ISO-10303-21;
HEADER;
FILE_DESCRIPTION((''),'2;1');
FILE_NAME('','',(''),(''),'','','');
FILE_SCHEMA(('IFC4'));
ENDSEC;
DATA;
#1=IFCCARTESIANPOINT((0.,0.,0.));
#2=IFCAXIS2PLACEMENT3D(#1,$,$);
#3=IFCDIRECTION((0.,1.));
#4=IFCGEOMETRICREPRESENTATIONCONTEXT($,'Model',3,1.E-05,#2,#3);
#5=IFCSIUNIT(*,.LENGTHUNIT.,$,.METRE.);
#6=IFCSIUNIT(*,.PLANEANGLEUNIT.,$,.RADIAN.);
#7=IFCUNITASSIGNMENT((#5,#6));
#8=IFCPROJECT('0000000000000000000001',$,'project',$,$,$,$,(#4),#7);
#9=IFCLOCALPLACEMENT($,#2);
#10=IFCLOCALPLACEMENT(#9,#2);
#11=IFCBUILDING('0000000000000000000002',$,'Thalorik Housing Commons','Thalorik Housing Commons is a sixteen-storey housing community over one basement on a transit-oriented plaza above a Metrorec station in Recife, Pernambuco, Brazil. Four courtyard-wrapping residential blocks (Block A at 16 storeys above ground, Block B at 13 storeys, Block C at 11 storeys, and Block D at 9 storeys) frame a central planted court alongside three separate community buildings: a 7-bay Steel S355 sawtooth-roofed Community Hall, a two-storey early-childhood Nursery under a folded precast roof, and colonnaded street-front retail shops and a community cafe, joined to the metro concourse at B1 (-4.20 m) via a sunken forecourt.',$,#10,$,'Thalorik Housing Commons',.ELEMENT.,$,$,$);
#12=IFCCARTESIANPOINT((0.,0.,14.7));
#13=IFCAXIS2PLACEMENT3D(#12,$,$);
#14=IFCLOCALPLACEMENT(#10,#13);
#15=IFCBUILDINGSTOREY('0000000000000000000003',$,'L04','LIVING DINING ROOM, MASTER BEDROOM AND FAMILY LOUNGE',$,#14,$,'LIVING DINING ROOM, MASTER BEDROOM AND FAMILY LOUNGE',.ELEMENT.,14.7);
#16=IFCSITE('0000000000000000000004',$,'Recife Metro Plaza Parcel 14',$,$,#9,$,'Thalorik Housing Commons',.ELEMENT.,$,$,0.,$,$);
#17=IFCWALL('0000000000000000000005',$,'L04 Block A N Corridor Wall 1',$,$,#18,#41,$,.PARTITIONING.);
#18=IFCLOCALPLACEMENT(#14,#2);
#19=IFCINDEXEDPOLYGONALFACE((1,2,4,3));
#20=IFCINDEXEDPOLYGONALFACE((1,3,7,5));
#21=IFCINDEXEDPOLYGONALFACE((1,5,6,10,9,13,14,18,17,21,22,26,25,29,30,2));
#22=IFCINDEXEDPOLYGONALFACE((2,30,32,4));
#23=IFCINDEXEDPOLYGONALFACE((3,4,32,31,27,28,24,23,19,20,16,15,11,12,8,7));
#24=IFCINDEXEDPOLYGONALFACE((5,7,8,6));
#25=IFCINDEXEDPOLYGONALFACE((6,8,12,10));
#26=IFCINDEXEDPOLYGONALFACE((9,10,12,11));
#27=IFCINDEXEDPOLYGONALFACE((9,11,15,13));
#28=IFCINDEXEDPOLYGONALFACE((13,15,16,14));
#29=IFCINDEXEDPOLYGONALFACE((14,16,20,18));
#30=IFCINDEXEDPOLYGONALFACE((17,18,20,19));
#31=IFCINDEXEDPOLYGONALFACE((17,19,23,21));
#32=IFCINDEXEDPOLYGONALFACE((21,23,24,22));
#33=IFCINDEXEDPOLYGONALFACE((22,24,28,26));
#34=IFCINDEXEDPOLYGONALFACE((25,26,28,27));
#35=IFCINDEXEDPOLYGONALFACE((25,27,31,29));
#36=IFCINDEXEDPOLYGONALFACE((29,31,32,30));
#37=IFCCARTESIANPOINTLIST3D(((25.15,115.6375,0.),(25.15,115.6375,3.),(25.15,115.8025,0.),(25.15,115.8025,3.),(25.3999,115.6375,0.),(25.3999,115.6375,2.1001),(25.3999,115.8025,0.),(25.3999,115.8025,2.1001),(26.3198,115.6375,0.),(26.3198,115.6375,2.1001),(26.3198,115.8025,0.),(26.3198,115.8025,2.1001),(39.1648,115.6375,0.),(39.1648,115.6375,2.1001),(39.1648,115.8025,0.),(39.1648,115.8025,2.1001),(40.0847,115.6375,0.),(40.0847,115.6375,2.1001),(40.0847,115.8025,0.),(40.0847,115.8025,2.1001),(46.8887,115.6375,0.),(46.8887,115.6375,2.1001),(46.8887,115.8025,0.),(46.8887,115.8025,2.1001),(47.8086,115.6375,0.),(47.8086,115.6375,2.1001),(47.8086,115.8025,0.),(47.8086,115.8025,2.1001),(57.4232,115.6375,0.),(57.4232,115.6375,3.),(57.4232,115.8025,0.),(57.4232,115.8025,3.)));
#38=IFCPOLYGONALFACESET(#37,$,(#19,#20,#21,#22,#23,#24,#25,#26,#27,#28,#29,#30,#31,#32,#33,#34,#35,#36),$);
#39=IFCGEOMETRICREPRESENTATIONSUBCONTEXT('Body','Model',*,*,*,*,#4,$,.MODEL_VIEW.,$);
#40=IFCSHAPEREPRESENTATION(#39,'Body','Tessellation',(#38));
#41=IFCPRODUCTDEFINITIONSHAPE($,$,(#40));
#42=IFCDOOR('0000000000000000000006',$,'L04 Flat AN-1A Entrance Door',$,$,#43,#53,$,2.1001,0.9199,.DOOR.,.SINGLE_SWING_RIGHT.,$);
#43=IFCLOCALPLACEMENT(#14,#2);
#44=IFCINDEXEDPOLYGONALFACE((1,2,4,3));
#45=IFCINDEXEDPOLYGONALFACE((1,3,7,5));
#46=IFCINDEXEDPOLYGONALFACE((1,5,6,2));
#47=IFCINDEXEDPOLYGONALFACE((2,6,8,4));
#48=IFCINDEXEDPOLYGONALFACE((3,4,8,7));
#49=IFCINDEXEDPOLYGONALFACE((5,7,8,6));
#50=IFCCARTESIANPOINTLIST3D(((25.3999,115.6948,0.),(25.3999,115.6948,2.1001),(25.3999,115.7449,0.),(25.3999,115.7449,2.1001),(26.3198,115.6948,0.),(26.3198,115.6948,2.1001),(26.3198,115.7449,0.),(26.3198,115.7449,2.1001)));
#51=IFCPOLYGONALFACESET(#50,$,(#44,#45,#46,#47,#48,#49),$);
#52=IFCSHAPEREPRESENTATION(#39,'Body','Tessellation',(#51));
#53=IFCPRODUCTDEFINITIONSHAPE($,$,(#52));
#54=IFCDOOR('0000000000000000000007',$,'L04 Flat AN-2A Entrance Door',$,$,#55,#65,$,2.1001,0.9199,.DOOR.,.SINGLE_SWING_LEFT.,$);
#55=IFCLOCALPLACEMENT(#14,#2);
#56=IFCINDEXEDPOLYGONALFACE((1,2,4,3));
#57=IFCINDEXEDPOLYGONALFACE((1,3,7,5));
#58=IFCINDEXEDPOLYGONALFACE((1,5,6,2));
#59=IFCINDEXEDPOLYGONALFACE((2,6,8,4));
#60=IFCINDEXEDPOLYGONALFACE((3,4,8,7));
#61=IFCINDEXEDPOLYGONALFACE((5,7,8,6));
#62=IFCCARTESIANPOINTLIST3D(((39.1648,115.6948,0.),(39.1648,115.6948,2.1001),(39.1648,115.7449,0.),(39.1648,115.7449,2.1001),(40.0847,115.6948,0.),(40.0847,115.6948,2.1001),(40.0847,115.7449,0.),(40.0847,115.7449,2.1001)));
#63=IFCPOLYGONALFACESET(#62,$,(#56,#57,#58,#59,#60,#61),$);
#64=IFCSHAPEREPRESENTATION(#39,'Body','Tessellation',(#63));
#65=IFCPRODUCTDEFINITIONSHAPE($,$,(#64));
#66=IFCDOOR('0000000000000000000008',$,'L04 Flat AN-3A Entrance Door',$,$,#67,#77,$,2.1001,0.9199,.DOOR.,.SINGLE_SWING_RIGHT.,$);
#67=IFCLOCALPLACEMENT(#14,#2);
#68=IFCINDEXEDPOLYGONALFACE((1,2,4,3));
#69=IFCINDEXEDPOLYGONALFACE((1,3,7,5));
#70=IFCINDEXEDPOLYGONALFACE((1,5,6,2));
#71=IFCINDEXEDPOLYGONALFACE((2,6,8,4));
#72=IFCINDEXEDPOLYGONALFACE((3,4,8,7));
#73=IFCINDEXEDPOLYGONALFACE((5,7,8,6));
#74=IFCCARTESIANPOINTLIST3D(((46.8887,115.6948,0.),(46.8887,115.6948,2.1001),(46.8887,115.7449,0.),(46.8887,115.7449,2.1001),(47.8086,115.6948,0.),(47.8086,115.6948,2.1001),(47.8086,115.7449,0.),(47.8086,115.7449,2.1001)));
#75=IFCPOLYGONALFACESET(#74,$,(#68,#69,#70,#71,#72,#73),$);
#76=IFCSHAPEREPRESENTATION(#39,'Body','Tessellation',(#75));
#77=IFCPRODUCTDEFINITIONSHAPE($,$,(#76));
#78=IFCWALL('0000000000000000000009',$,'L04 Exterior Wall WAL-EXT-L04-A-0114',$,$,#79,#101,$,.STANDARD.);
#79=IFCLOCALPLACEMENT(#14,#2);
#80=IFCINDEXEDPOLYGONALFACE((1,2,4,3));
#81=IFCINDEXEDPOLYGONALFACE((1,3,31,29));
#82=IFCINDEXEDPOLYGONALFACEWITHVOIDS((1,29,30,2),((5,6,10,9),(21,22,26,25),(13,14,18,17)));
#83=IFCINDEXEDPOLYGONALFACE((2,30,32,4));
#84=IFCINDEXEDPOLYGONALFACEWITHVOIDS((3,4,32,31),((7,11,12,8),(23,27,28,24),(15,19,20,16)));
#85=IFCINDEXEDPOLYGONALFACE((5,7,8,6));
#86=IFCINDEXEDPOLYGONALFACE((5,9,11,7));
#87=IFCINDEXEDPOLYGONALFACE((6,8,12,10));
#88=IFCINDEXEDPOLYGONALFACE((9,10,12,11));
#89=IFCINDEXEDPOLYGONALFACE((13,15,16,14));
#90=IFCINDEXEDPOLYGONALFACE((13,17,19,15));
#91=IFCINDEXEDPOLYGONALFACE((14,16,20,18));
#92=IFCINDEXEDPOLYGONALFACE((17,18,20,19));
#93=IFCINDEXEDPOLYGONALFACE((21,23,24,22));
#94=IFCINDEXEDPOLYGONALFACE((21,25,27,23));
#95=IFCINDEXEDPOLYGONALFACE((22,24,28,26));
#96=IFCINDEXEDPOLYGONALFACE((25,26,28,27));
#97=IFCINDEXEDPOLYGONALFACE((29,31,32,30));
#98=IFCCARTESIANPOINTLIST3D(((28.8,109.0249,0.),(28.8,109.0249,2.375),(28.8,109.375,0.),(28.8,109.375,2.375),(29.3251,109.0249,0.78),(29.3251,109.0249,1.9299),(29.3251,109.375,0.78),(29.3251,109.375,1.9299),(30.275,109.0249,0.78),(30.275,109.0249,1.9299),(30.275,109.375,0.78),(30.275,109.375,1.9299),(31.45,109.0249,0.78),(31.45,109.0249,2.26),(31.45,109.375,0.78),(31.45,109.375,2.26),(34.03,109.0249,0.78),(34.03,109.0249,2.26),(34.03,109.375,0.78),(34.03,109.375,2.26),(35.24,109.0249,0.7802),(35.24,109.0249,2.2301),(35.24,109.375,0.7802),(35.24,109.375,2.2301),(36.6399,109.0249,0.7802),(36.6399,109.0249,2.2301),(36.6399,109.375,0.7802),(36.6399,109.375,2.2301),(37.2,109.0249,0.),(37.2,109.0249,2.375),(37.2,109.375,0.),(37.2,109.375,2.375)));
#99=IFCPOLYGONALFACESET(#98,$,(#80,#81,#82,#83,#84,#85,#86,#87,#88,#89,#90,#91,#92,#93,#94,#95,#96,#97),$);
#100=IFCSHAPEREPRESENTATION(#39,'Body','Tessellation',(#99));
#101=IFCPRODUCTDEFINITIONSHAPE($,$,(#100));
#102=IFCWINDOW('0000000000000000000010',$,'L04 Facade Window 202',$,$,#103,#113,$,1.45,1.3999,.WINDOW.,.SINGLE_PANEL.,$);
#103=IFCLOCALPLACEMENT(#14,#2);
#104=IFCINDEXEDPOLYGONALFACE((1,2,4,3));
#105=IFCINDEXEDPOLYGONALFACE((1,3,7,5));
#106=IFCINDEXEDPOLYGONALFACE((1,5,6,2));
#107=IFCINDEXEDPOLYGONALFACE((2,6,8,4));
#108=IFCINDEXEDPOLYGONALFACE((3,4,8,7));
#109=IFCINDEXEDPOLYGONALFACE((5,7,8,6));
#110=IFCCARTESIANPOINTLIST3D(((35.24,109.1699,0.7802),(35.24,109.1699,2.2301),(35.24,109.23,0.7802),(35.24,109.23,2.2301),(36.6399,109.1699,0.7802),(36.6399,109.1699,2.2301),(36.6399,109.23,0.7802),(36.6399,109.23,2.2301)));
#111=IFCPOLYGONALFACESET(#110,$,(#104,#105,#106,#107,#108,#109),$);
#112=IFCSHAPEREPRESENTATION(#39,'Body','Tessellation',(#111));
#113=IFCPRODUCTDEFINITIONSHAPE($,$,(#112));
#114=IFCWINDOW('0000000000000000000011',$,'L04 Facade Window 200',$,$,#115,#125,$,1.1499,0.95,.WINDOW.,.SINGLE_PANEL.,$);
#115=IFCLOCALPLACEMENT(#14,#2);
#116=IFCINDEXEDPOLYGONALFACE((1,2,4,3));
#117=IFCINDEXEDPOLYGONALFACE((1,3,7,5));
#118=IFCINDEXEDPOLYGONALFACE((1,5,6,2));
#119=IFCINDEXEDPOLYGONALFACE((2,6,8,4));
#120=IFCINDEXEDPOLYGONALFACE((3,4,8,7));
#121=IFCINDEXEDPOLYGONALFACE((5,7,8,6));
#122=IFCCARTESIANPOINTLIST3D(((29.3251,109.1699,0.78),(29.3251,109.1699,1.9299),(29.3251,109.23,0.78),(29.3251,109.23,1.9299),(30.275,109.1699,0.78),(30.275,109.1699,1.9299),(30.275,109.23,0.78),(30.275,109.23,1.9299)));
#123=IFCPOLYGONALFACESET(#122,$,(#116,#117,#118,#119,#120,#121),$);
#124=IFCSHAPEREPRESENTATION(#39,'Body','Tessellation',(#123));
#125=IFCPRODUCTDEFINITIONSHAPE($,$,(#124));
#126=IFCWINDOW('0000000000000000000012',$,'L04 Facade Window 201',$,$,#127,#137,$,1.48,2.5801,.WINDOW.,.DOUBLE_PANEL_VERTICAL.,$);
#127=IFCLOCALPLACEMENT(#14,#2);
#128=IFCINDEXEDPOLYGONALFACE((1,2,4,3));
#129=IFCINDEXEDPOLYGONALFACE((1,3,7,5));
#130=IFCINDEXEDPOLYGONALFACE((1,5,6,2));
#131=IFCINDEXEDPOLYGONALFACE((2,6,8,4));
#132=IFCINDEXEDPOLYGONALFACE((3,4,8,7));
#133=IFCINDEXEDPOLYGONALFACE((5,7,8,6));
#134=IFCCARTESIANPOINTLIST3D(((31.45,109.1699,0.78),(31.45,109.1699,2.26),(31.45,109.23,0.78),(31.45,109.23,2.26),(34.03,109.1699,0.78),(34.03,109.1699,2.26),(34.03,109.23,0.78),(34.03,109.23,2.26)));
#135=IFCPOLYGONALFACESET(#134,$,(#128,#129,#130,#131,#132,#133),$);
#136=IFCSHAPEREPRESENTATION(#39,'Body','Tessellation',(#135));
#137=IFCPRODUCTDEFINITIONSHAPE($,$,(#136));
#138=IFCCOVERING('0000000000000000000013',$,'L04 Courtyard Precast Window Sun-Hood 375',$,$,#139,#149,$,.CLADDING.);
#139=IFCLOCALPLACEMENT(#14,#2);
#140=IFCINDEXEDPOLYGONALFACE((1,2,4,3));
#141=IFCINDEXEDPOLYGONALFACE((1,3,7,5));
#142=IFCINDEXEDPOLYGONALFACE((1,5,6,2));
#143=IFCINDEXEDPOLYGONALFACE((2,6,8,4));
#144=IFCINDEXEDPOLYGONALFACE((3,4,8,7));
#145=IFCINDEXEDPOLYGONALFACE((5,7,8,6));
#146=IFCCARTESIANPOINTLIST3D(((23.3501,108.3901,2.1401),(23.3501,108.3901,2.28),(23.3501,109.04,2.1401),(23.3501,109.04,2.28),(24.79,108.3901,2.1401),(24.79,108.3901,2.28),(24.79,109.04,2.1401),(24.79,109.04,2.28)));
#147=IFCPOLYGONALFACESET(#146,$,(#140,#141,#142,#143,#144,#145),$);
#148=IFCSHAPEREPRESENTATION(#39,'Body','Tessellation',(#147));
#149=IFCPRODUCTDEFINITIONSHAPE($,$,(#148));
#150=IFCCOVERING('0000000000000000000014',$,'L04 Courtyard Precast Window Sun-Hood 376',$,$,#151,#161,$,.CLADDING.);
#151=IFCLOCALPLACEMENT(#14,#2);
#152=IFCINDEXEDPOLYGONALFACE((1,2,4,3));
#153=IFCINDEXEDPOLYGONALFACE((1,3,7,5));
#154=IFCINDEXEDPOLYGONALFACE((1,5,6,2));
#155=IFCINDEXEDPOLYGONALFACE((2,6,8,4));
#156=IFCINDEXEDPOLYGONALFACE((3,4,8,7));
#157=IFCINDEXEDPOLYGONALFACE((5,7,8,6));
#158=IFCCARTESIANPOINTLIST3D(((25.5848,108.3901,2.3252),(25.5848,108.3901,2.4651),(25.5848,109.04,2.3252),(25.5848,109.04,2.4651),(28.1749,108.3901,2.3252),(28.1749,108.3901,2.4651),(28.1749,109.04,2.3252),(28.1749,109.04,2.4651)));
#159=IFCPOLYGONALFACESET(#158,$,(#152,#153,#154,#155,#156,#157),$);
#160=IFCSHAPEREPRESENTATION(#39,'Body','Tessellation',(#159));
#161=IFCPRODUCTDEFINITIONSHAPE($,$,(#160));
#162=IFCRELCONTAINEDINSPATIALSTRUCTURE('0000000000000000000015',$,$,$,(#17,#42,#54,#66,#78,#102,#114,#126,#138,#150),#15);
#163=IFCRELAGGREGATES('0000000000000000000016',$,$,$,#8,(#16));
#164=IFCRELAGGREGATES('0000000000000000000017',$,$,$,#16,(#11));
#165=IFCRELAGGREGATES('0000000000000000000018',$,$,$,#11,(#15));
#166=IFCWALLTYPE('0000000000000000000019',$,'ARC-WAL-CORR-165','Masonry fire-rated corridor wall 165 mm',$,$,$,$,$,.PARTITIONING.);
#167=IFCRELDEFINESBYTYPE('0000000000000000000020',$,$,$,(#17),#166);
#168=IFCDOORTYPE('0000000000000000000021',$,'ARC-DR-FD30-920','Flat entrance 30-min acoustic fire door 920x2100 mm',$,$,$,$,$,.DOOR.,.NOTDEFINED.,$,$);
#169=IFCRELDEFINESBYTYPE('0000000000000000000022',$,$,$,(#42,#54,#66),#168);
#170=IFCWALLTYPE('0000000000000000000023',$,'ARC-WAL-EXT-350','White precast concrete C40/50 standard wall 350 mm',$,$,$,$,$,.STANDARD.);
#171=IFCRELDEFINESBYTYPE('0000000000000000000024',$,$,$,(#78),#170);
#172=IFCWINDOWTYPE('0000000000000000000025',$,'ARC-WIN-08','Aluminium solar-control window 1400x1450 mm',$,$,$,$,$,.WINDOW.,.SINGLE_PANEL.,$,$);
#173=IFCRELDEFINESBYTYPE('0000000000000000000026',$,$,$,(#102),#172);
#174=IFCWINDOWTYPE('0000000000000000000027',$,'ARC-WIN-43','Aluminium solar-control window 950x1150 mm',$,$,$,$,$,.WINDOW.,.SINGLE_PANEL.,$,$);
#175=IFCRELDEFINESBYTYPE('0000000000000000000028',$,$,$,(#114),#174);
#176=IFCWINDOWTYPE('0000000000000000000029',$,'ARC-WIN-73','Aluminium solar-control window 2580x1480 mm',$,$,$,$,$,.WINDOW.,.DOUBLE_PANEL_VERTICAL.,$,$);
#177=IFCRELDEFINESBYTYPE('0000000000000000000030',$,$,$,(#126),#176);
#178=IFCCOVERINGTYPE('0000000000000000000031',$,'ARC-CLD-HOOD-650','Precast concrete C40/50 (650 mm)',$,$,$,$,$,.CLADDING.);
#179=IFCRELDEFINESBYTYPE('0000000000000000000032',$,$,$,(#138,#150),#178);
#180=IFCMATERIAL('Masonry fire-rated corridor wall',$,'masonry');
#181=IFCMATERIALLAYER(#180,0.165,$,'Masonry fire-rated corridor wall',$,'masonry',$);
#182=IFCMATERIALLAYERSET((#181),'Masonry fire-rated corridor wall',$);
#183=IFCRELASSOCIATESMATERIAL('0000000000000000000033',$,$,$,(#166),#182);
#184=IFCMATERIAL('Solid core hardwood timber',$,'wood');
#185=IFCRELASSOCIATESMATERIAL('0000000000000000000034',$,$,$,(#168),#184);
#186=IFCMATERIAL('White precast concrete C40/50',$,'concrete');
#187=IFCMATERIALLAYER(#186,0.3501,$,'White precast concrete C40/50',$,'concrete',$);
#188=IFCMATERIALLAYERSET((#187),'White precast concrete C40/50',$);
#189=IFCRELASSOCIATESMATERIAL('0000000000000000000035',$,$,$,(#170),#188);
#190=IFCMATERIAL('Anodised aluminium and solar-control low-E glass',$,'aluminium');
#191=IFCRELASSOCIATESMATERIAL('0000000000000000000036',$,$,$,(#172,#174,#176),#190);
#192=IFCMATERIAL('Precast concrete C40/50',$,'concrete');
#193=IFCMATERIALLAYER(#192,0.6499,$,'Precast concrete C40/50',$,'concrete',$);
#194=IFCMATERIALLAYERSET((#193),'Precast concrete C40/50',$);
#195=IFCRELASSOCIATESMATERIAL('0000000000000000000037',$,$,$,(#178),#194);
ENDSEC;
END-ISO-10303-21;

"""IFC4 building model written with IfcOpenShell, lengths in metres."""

from ifc_helpers import new_model, si_unit, direction, frame, frame_2d, origin, origin_2d, place, context, subcontext, project, spatial, rectangle, extrude, material, layer, layer_set, type_object, element, fill, save


model = new_model("IFC4")

# Units and contexts
model_context = context("Model", 3, precision=1e-05, world=origin(), true_north=direction((0.0, 1.0)))
body_context = subcontext(model_context, "Body", "Model", "MODEL_VIEW")
ifc_project = project(units=[si_unit("LENGTHUNIT", "METRE"), si_unit("PLANEANGLEUNIT", "RADIAN")], contexts=[model_context])

# Site, building, storey
site_placement = place(None, origin())
site = spatial("IfcSite", under=ifc_project, at=site_placement, Name="Recife Metro Plaza Parcel 14", LongName="Thalorik Housing Commons", CompositionType="ELEMENT", RefElevation=0.0)
building_placement = place(site_placement, origin())
building = spatial("IfcBuilding", under=site, at=building_placement, Name="Thalorik Housing Commons", Description="Thalorik Housing Commons is a sixteen-storey housing community over one basement on a transit-oriented plaza above a Metrorec station in Recife, Pernambuco, Brazil. Four courtyard-wrapping residential blocks (Block A at 16 storeys above ground, Block B at 13 storeys, Block C at 11 storeys, and Block D at 9 storeys) frame a central planted court alongside three separate community buildings: a 7-bay Steel S355 sawtooth-roofed Community Hall, a two-storey early-childhood Nursery under a folded precast roof, and colonnaded street-front retail shops and a community cafe, joined to the metro concourse at B1 (-4.20 m) via a sunken forecourt.", LongName="Thalorik Housing Commons", CompositionType="ELEMENT")
storey_placement = place(building_placement, frame((0.0, 0.0, 14.7)))
storey = spatial("IfcBuildingStorey", under=building, at=storey_placement, Name="L04", Description="LIVING DINING ROOM, MASTER BEDROOM AND FAMILY LOUNGE", LongName="LIVING DINING ROOM, MASTER BEDROOM AND FAMILY LOUNGE", CompositionType="ELEMENT", Elevation=14.7)

# Shared definitions
ifc_material_1 = material(Name="Precast concrete C40/50", Category="concrete")

# Shared definitions
ifc_material_2 = material(Name="Masonry fire-rated corridor wall", Category="masonry")
ifc_layer_1 = layer(ifc_material_2, 0.165, Name="Masonry fire-rated corridor wall", Category="masonry")
ifc_layer_set_1 = layer_set([ifc_layer_1], Name="Masonry fire-rated corridor wall")
wall_type_1 = type_object("IfcWallType", Name="ARC-WAL-CORR-165", Description="Masonry fire-rated corridor wall 165 mm", PredefinedType="PARTITIONING", material=ifc_layer_set_1)

# Wall, openings, doors
wall_1_placement = place(storey_placement, frame((25.1499, 115.72, 0.0), z_axis=(0.0, 0.0, 1.0), x_axis=(1.0, 0.0, 0.0)))
wall_1 = element("IfcWall", 1, at=wall_1_placement, inside=storey, type_object=wall_type_1, Name="L04 Block A N Corridor Wall 1", PredefinedType="PARTITIONING", context=body_context, shape_type="SweptSolid", body=[
    extrude(rectangle(XDim=32.2732, YDim=0.165, at=frame_2d((16.1367, 0.0))), origin(), (0.0, 0.0, 1.0), 3.0),
])
opening_1_placement = place(wall_1_placement, frame((0.25, 0.0, 0.0)))
opening_1 = element("IfcOpeningElement", 2, at=opening_1_placement, cuts=wall_1, PredefinedType="OPENING", context=body_context, shape_type="SweptSolid", body=[
    extrude(rectangle(XDim=0.9199, YDim=2.1001, at=frame_2d((0.46, 1.05))), frame((0.0, 0.0925, 0.0), z_axis=(0.0, -1.0, 0.0), x_axis=(1.0, 0.0, 0.0)), (0.0, 0.0, 1.0), 0.1851),
])
opening_2_placement = place(wall_1_placement, frame((14.0149, 0.0, 0.0)))
opening_2 = element("IfcOpeningElement", 3, at=opening_2_placement, cuts=wall_1, PredefinedType="OPENING", context=body_context, shape_type="SweptSolid", body=[
    extrude(rectangle(XDim=0.9199, YDim=2.1001, at=frame_2d((0.46, 1.05))), frame((0.0, 0.0925, 0.0), z_axis=(0.0, -1.0, 0.0), x_axis=(1.0, 0.0, 0.0)), (0.0, 0.0, 1.0), 0.1851),
])
opening_3_placement = place(wall_1_placement, frame((21.7388, 0.0, 0.0)))
opening_3 = element("IfcOpeningElement", 4, at=opening_3_placement, cuts=wall_1, PredefinedType="OPENING", context=body_context, shape_type="SweptSolid", body=[
    extrude(rectangle(XDim=0.9199, YDim=2.1001, at=frame_2d((0.46, 1.05))), frame((0.0, 0.0925, 0.0), z_axis=(0.0, -1.0, 0.0), x_axis=(1.0, 0.0, 0.0)), (0.0, 0.0, 1.0), 0.1851),
])
ifc_material_3 = material(Name="Solid core hardwood timber", Category="wood")
door_type = type_object("IfcDoorType", Name="ARC-DR-FD30-920", Description="Flat entrance 30-min acoustic fire door 920x2100 mm", OperationType="NOTDEFINED", PredefinedType="DOOR", material=ifc_material_3)
door_1_placement = place(opening_1_placement, origin())
door_1 = element("IfcDoor", 5, at=door_1_placement, inside=storey, type_object=door_type, Name="L04 Flat AN-1A Entrance Door", OperationType="SINGLE_SWING_RIGHT", OverallHeight=2.1001, OverallWidth=0.9199, PredefinedType="DOOR", context=body_context, shape_type="SweptSolid", body=[
    extrude(rectangle(XDim=0.9199, YDim=2.1001, at=frame_2d((0.46, 1.05))), frame((0.0, 0.0249, 0.0), z_axis=(0.0, -1.0, 0.0), x_axis=(1.0, 0.0, 0.0)), (0.0, 0.0, 1.0), 0.05),
])
fill(opening_1, door_1)
door_2_placement = place(opening_2_placement, origin())
door_2 = element("IfcDoor", 6, at=door_2_placement, inside=storey, type_object=door_type, Name="L04 Flat AN-2A Entrance Door", OperationType="SINGLE_SWING_LEFT", OverallHeight=2.1001, OverallWidth=0.9199, PredefinedType="DOOR", context=body_context, shape_type="SweptSolid", body=[
    extrude(rectangle(XDim=0.9199, YDim=2.1001, at=frame_2d((0.46, 1.05))), frame((0.0, 0.0249, 0.0), z_axis=(0.0, -1.0, 0.0), x_axis=(1.0, 0.0, 0.0)), (0.0, 0.0, 1.0), 0.05),
])
fill(opening_2, door_2)
door_3_placement = place(opening_3_placement, origin())
door_3 = element("IfcDoor", 7, at=door_3_placement, inside=storey, type_object=door_type, Name="L04 Flat AN-3A Entrance Door", OperationType="SINGLE_SWING_RIGHT", OverallHeight=2.1001, OverallWidth=0.9199, PredefinedType="DOOR", context=body_context, shape_type="SweptSolid", body=[
    extrude(rectangle(XDim=0.9199, YDim=2.1001, at=frame_2d((0.46, 1.05))), frame((0.0, 0.0249, 0.0), z_axis=(0.0, -1.0, 0.0), x_axis=(1.0, 0.0, 0.0)), (0.0, 0.0, 1.0), 0.05),
])
fill(opening_3, door_3)

# Wall, openings, windows
ifc_material_4 = material(Name="White precast concrete C40/50", Category="concrete")
ifc_layer_2 = layer(ifc_material_4, 0.3501, Name="White precast concrete C40/50", Category="concrete")
ifc_layer_set_2 = layer_set([ifc_layer_2], Name="White precast concrete C40/50")
wall_type_2 = type_object("IfcWallType", Name="ARC-WAL-EXT-350", Description="White precast concrete C40/50 standard wall 350 mm", PredefinedType="STANDARD", material=ifc_layer_set_2)
wall_2_placement = place(storey_placement, frame((28.8, 109.2, 0.0), z_axis=(0.0, 0.0, 1.0), x_axis=(1.0, 0.0, 0.0)))
wall_2 = element("IfcWall", 8, at=wall_2_placement, inside=storey, type_object=wall_type_2, Name="L04 Exterior Wall WAL-EXT-L04-A-0114", PredefinedType="STANDARD", context=body_context, shape_type="SweptSolid", body=[
    extrude(rectangle(XDim=8.3999, YDim=0.3501, at=frame_2d((4.2, 0.0))), origin(), (0.0, 0.0, 1.0), 2.375),
])
opening_4_placement = place(wall_2_placement, frame((0.5249, 0.0, 0.78)))
opening_4 = element("IfcOpeningElement", 9, at=opening_4_placement, cuts=wall_2, PredefinedType="OPENING", context=body_context, shape_type="SweptSolid", body=[
    extrude(rectangle(XDim=0.95, YDim=1.1499, at=frame_2d((0.4751, 0.575))), frame((0.0, 0.1851, 0.0), z_axis=(0.0, -1.0, 0.0), x_axis=(1.0, 0.0, 0.0)), (0.0, 0.0, 1.0), 0.3701),
])
opening_5_placement = place(wall_2_placement, frame((2.6499, 0.0, 0.78)))
opening_5 = element("IfcOpeningElement", 10, at=opening_5_placement, cuts=wall_2, PredefinedType="OPENING", context=body_context, shape_type="SweptSolid", body=[
    extrude(rectangle(XDim=2.5801, YDim=1.48, at=frame_2d((1.29, 0.74))), frame((0.0, 0.1851, 0.0), z_axis=(0.0, -1.0, 0.0), x_axis=(1.0, 0.0, 0.0)), (0.0, 0.0, 1.0), 0.3701),
])
opening_6_placement = place(wall_2_placement, frame((6.4399, 0.0, 0.78)))
opening_6 = element("IfcOpeningElement", 11, at=opening_6_placement, cuts=wall_2, PredefinedType="OPENING", context=body_context, shape_type="SweptSolid", body=[
    extrude(rectangle(XDim=1.3999, YDim=1.45, at=frame_2d((0.7, 0.7251))), frame((0.0, 0.1851, 0.0), z_axis=(0.0, -1.0, 0.0), x_axis=(1.0, 0.0, 0.0)), (0.0, 0.0, 1.0), 0.3701),
])
ifc_material_5 = material(Name="Anodised aluminium and solar-control low-E glass", Category="aluminium")
window_type_1 = type_object("IfcWindowType", Name="ARC-WIN-08", Description="Aluminium solar-control window 1400x1450 mm", PartitioningType="SINGLE_PANEL", PredefinedType="WINDOW", material=ifc_material_5)
window_1_placement = place(opening_6_placement, origin())
window_1 = element("IfcWindow", 12, at=window_1_placement, inside=storey, type_object=window_type_1, Name="L04 Facade Window 202", OverallHeight=1.45, OverallWidth=1.3999, PartitioningType="SINGLE_PANEL", PredefinedType="WINDOW", context=body_context, shape_type="SweptSolid", body=[
    extrude(rectangle(XDim=1.3999, YDim=1.45, at=frame_2d((0.7, 0.7251))), frame((0.0, 0.03, 0.0), z_axis=(0.0, -1.0, 0.0), x_axis=(1.0, 0.0, 0.0)), (0.0, 0.0, 1.0), 0.0601),
])
fill(opening_6, window_1)
window_type_2 = type_object("IfcWindowType", Name="ARC-WIN-43", Description="Aluminium solar-control window 950x1150 mm", PartitioningType="SINGLE_PANEL", PredefinedType="WINDOW", material=ifc_material_5)
window_2_placement = place(opening_4_placement, origin())
window_2 = element("IfcWindow", 13, at=window_2_placement, inside=storey, type_object=window_type_2, Name="L04 Facade Window 200", OverallHeight=1.1499, OverallWidth=0.95, PartitioningType="SINGLE_PANEL", PredefinedType="WINDOW", context=body_context, shape_type="SweptSolid", body=[
    extrude(rectangle(XDim=0.95, YDim=1.1499, at=frame_2d((0.4751, 0.575))), frame((0.0, 0.03, 0.0), z_axis=(0.0, -1.0, 0.0), x_axis=(1.0, 0.0, 0.0)), (0.0, 0.0, 1.0), 0.0601),
])
fill(opening_4, window_2)
window_type_3 = type_object("IfcWindowType", Name="ARC-WIN-73", Description="Aluminium solar-control window 2580x1480 mm", PartitioningType="DOUBLE_PANEL_VERTICAL", PredefinedType="WINDOW", material=ifc_material_5)
window_3_placement = place(opening_5_placement, origin())
window_3 = element("IfcWindow", 14, at=window_3_placement, inside=storey, type_object=window_type_3, Name="L04 Facade Window 201", OverallHeight=1.48, OverallWidth=2.5801, PartitioningType="DOUBLE_PANEL_VERTICAL", PredefinedType="WINDOW", context=body_context, shape_type="SweptSolid", body=[
    extrude(rectangle(XDim=2.5801, YDim=1.48, at=frame_2d((1.29, 0.74))), frame((0.0, 0.03, 0.0), z_axis=(0.0, -1.0, 0.0), x_axis=(1.0, 0.0, 0.0)), (0.0, 0.0, 1.0), 0.0601),
])
fill(opening_5, window_3)

# Coverings
ifc_layer_3 = layer(ifc_material_1, 0.6499, Name="Precast concrete C40/50", Category="concrete")
ifc_layer_set_3 = layer_set([ifc_layer_3], Name="Precast concrete C40/50")
covering_type = type_object("IfcCoveringType", Name="ARC-CLD-HOOD-650", Description="Precast concrete C40/50 (650 mm)", PredefinedType="CLADDING", material=ifc_layer_set_3)
covering_1_placement = place(storey_placement, frame((24.0701, 108.7151, 2.1401), z_axis=(0.0, 0.0, 1.0), x_axis=(1.0, 0.0, 0.0)))
element("IfcCovering", 15, at=covering_1_placement, inside=storey, type_object=covering_type, Name="L04 Courtyard Precast Window Sun-Hood 375", PredefinedType="CLADDING", context=body_context, shape_type="SweptSolid", body=[
    extrude(rectangle(XDim=1.4399, YDim=0.6499, at=origin_2d()), origin(), (0.0, 0.0, 1.0), 0.1399),
])
covering_2_placement = place(storey_placement, frame((26.8799, 108.7151, 2.3252), z_axis=(0.0, 0.0, 1.0), x_axis=(1.0, 0.0, 0.0)))
element("IfcCovering", 16, at=covering_2_placement, inside=storey, type_object=covering_type, Name="L04 Courtyard Precast Window Sun-Hood 376", PredefinedType="CLADDING", context=body_context, shape_type="SweptSolid", body=[
    extrude(rectangle(XDim=2.5901, YDim=0.6499, at=origin_2d()), origin(), (0.0, 0.0, 1.0), 0.1399),
])

save(model, "model.ifc")
